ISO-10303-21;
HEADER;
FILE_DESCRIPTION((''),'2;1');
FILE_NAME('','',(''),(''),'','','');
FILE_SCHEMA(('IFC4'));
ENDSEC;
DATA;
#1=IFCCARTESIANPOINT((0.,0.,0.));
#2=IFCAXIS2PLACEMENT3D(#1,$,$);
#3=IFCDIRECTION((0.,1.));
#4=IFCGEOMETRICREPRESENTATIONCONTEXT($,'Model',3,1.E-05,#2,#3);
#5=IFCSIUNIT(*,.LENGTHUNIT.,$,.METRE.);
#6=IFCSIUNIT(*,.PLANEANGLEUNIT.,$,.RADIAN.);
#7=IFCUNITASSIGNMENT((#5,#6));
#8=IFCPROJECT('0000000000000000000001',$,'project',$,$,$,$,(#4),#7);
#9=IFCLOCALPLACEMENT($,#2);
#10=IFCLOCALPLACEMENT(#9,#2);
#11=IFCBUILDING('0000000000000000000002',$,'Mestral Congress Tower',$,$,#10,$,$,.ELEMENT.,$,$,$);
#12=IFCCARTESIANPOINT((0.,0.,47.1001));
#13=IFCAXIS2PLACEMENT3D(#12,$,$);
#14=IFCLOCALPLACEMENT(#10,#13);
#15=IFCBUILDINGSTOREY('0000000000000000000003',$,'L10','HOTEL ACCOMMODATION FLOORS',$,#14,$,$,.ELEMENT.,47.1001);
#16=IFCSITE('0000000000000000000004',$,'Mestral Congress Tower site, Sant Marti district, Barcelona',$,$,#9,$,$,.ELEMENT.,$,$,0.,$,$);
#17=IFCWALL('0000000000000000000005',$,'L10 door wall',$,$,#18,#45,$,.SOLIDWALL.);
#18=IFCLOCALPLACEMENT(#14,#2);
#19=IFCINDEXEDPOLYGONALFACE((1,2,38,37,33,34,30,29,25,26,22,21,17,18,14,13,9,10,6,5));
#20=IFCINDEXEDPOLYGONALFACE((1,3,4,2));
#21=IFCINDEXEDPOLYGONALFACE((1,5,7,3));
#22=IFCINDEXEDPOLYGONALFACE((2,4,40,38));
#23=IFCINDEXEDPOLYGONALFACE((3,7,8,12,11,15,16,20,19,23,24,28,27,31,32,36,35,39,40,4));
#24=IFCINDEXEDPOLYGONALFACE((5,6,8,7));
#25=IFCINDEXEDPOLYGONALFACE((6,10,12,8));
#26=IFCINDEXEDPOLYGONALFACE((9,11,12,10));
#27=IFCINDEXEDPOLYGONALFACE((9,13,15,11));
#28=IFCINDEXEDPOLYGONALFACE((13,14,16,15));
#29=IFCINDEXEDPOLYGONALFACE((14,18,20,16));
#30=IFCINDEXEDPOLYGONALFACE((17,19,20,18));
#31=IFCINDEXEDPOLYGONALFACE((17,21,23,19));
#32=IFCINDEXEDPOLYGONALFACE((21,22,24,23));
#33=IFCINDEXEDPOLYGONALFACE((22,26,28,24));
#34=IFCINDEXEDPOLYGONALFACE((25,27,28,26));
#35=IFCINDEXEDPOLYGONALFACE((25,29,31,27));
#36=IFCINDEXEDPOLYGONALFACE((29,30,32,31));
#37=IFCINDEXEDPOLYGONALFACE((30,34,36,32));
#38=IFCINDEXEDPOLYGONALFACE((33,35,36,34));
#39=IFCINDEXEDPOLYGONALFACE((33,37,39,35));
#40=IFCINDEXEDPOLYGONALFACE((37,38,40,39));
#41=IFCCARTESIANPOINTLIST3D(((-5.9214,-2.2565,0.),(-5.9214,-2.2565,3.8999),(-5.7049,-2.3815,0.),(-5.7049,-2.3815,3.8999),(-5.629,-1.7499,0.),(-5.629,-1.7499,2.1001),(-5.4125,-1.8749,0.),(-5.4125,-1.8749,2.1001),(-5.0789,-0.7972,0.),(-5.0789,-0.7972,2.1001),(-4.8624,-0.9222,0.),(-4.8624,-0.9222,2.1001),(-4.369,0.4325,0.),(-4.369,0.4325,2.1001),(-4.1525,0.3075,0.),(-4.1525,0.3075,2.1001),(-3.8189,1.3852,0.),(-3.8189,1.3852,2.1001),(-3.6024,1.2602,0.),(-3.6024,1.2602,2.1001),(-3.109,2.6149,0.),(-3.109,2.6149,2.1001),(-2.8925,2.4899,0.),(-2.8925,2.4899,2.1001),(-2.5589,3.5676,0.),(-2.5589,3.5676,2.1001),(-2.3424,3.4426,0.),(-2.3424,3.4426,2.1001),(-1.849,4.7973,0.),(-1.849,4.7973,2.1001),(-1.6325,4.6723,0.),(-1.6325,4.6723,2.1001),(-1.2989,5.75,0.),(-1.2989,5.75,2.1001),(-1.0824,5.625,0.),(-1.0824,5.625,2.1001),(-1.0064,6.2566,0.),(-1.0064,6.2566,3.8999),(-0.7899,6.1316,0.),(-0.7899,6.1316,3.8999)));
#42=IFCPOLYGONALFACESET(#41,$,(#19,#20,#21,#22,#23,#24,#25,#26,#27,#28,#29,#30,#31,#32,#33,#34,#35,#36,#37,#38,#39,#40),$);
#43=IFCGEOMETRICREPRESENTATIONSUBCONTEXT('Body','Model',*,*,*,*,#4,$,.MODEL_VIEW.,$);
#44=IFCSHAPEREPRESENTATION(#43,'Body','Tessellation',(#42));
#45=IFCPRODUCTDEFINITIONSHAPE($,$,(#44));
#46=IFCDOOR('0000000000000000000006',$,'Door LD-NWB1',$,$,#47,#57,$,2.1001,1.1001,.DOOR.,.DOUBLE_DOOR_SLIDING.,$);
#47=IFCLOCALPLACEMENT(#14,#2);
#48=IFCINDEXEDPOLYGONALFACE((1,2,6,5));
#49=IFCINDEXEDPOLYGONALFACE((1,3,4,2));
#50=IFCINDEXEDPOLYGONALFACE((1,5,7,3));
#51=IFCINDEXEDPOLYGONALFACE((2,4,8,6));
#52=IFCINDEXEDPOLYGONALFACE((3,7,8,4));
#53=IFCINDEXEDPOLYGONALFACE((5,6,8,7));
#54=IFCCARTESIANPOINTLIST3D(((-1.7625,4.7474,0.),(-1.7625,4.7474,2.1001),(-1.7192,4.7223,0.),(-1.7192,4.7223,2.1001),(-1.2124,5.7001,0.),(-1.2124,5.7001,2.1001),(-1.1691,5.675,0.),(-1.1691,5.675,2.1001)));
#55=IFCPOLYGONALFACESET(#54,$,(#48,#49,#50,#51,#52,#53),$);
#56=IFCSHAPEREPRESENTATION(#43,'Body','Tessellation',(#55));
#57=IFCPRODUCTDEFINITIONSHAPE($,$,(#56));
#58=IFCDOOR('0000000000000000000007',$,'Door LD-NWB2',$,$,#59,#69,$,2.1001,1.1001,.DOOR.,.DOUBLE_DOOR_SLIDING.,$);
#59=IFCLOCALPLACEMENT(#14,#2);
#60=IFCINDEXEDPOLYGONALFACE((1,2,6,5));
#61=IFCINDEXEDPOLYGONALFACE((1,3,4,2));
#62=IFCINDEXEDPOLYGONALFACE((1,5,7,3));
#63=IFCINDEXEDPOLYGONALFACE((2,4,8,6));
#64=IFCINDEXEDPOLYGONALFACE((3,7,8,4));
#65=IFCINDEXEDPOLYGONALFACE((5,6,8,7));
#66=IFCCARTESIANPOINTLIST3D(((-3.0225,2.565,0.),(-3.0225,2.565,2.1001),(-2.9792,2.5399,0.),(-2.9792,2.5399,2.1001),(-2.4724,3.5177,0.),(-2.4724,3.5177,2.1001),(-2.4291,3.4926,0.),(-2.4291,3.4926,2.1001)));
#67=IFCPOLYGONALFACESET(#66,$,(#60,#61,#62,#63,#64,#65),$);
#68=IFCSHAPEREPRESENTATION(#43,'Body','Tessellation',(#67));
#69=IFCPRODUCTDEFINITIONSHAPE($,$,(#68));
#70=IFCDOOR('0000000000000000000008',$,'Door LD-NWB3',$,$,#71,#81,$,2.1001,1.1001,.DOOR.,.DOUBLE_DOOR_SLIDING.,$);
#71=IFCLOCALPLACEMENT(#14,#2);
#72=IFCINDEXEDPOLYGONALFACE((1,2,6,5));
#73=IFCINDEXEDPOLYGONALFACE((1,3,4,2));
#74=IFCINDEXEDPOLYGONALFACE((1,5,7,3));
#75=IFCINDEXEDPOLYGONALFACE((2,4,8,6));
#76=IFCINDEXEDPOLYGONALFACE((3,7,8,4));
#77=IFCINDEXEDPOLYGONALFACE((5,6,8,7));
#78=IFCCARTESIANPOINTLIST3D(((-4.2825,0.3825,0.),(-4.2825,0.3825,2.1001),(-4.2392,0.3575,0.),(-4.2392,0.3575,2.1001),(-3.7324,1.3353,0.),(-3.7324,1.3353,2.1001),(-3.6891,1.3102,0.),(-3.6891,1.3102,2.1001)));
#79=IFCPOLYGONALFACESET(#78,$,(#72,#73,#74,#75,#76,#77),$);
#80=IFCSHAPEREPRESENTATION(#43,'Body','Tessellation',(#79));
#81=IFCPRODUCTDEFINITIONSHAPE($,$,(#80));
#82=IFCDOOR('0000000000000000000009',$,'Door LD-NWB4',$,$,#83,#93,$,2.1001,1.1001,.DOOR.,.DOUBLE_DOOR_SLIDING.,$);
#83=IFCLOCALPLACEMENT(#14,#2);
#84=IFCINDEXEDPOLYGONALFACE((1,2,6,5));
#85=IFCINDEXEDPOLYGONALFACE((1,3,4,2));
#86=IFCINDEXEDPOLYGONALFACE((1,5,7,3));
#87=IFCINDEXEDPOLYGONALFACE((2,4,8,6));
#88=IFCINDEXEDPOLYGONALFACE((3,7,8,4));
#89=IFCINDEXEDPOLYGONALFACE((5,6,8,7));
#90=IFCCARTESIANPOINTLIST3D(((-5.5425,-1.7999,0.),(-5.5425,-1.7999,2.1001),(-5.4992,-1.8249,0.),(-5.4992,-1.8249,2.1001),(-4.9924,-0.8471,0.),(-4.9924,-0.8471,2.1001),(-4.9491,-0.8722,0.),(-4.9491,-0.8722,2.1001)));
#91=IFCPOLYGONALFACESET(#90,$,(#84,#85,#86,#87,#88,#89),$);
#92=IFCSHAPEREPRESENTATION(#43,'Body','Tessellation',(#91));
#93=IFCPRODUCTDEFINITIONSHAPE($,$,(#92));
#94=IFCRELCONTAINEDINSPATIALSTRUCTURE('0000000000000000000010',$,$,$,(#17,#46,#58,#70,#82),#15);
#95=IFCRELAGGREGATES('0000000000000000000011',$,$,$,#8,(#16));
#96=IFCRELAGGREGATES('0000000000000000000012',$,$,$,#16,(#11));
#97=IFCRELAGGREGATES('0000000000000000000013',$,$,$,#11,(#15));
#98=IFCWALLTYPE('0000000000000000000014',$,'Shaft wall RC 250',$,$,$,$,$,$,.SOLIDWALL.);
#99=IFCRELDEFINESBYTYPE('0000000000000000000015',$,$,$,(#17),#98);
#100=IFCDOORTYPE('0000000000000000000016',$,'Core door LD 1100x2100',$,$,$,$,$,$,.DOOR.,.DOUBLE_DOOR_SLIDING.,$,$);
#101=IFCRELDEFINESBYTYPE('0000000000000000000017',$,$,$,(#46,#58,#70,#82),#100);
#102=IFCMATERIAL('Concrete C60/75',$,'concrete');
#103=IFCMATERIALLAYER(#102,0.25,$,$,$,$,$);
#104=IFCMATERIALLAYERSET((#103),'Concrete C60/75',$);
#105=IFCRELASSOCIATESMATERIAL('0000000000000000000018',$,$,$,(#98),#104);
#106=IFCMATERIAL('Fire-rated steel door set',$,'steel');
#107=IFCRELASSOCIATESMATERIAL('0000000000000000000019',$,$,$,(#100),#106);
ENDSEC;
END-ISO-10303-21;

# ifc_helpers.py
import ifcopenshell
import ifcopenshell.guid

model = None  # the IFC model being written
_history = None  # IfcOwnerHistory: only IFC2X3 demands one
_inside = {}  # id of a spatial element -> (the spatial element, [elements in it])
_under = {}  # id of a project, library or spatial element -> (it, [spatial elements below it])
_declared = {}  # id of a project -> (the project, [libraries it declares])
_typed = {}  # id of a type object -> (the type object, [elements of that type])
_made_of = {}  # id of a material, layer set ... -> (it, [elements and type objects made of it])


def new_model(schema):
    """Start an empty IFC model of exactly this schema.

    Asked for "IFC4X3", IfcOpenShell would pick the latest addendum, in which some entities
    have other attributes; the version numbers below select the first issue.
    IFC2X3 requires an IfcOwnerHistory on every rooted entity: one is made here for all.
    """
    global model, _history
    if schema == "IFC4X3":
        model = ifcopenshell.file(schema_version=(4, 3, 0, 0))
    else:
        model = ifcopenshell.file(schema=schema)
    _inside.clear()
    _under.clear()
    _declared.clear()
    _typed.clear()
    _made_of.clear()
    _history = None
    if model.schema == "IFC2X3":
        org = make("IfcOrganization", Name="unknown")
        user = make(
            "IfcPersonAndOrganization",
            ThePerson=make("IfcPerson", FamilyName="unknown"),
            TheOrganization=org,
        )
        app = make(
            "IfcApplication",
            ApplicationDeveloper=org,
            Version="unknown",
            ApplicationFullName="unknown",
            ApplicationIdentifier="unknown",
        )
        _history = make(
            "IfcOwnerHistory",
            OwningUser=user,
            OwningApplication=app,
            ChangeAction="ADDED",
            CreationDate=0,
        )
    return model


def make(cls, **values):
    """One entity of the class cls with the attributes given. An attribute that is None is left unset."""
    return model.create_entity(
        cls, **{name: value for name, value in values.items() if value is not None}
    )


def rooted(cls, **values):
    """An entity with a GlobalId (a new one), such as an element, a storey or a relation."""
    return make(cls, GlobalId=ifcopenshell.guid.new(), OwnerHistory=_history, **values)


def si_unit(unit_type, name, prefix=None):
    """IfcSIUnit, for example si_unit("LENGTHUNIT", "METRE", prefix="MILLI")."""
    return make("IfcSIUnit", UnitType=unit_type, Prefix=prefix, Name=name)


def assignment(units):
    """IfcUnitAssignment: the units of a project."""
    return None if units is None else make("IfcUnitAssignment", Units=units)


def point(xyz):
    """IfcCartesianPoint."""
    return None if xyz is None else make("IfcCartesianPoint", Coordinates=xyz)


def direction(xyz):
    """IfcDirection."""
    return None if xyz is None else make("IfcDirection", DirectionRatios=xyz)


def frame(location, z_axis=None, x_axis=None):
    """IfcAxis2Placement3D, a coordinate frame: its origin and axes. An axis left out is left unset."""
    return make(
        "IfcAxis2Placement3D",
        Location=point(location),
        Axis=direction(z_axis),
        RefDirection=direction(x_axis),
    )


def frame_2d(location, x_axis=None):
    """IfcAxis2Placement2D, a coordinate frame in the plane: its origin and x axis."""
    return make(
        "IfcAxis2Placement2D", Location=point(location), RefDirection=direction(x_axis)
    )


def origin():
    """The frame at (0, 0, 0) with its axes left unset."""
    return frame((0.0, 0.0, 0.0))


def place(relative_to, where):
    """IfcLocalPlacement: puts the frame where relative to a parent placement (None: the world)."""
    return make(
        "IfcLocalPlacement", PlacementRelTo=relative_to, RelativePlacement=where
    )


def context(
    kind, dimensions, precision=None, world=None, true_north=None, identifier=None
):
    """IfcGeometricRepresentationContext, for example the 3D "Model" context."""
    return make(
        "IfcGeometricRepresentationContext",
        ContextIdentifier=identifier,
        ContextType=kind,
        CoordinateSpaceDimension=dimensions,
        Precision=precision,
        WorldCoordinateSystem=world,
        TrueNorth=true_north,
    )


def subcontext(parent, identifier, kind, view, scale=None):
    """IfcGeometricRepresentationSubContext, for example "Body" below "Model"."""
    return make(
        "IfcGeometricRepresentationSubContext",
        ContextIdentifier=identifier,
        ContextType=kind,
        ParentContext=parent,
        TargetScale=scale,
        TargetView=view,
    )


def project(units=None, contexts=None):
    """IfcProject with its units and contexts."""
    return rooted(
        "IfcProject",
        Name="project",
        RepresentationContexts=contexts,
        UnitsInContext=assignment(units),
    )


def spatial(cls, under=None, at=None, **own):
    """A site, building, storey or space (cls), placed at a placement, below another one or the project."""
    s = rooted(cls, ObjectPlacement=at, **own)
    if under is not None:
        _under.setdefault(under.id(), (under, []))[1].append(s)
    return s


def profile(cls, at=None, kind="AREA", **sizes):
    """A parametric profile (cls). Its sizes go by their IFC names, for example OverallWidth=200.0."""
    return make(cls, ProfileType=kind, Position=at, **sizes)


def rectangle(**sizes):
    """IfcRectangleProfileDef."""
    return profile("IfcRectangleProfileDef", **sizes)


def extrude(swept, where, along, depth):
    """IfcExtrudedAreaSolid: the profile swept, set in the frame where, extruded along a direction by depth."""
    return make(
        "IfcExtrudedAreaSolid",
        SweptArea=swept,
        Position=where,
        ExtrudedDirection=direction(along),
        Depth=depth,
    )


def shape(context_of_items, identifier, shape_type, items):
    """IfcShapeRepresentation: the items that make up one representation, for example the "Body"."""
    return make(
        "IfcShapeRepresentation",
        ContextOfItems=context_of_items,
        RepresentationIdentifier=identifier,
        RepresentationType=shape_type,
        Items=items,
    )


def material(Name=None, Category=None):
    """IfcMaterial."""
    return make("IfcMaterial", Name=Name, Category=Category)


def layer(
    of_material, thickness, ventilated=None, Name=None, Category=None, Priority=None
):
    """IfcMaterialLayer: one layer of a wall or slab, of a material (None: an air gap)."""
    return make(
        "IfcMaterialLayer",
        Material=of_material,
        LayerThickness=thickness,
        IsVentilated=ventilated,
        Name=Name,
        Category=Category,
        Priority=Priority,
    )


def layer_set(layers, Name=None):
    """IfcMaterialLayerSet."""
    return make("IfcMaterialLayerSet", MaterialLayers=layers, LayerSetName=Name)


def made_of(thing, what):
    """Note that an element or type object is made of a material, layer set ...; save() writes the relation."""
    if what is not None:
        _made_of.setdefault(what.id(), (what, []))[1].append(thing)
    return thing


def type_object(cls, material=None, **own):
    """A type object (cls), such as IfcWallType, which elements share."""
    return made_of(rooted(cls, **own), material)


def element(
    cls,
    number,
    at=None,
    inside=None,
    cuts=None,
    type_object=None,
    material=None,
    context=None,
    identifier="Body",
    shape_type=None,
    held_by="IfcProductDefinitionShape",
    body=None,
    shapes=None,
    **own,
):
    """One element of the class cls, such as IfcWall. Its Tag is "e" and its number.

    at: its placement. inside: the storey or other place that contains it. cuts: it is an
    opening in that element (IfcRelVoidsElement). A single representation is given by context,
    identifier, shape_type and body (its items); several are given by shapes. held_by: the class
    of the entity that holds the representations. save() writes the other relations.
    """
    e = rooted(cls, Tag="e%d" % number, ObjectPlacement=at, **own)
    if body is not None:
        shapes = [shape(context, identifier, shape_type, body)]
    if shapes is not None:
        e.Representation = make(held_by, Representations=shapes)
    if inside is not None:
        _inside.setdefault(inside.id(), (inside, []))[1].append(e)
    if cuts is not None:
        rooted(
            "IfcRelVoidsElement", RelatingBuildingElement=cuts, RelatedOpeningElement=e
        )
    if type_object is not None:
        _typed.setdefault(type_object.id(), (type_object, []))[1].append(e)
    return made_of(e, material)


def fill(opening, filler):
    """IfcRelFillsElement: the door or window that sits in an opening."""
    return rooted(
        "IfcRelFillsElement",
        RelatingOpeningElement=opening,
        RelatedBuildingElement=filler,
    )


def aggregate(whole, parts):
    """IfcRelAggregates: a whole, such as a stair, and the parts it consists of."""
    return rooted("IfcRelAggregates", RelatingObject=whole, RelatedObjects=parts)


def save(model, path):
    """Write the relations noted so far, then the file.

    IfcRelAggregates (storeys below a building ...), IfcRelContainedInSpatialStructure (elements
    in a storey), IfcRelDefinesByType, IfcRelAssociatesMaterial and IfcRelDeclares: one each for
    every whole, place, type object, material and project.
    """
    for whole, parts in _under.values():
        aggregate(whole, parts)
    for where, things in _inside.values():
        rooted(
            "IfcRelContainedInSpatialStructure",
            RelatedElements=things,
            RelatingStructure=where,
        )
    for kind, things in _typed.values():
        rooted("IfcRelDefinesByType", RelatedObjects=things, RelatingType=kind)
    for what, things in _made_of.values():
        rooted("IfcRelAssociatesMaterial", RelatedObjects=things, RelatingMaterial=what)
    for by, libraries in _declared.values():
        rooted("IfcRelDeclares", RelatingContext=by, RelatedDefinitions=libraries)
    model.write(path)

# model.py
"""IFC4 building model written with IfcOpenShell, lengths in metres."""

from ifc_helpers import new_model, si_unit, direction, frame, frame_2d, origin, place, context, subcontext, project, spatial, rectangle, extrude, material, layer, layer_set, type_object, element, fill, save


model = new_model("IFC4")

# Units and contexts
model_context = context("Model", 3, precision=1e-05, world=origin(), true_north=direction((0.0, 1.0)))
body_context = subcontext(model_context, "Body", "Model", "MODEL_VIEW")
ifc_project = project(units=[si_unit("LENGTHUNIT", "METRE"), si_unit("PLANEANGLEUNIT", "RADIAN")], contexts=[model_context])

# Site, building, storey
site_placement = place(None, origin())
site = spatial("IfcSite", under=ifc_project, at=site_placement, Name="Mestral Congress Tower site, Sant Marti district, Barcelona", CompositionType="ELEMENT", RefElevation=0.0)
building_placement = place(site_placement, origin())
building = spatial("IfcBuilding", under=site, at=building_placement, Name="Mestral Congress Tower", CompositionType="ELEMENT")
storey_placement = place(building_placement, frame((0.0, 0.0, 47.1001)))
storey = spatial("IfcBuildingStorey", under=building, at=storey_placement, Name="L10", Description="HOTEL ACCOMMODATION FLOORS", CompositionType="ELEMENT", Elevation=47.1001)

# Shared definitions
ifc_material_1 = material(Name="Concrete C60/75", Category="concrete")

# Shared definitions
ifc_layer_1 = layer(ifc_material_1, 0.25)
ifc_layer_set_1 = layer_set([ifc_layer_1], Name="Concrete C60/75")
wall_type_1 = type_object("IfcWallType", Name="Shaft wall RC 250", PredefinedType="SOLIDWALL", material=ifc_layer_set_1)

# Wall, openings, doors
wall_1_placement = place(storey_placement, frame((-0.8982, 6.1941, 0.0), z_axis=(0.0, 0.0, 1.0), x_axis=(-0.499996, -0.866028, 0.0)))
wall_1 = element("IfcWall", 1, at=wall_1_placement, inside=storey, type_object=wall_type_1, Name="L10 door wall", PredefinedType="SOLIDWALL", context=body_context, shape_type="SweptSolid", body=[
    extrude(rectangle(XDim=9.8301, YDim=0.25, at=frame_2d((4.915, 0.0))), origin(), (0.0, 0.0, 1.0), 3.8999),
])
opening_1_placement = place(wall_1_placement, frame((0.585, 0.0, 0.0)))
opening_1 = element("IfcOpeningElement", 2, at=opening_1_placement, cuts=wall_1, PredefinedType="OPENING", context=body_context, shape_type="SweptSolid", body=[
    extrude(rectangle(XDim=1.1001, YDim=2.1001, at=frame_2d((0.55, 1.05))), frame((0.0, 0.135, 0.0), z_axis=(0.0, -1.0, 0.0), x_axis=(1.0, 0.0, 0.0)), (0.0, 0.0, 1.0), 0.27),
])
opening_2_placement = place(wall_1_placement, frame((3.105, 0.0, 0.0)))
opening_2 = element("IfcOpeningElement", 3, at=opening_2_placement, cuts=wall_1, PredefinedType="OPENING", context=body_context, shape_type="SweptSolid", body=[
    extrude(rectangle(XDim=1.1001, YDim=2.1001, at=frame_2d((0.55, 1.05))), frame((0.0, 0.135, 0.0), z_axis=(0.0, -1.0, 0.0), x_axis=(1.0, 0.0, 0.0)), (0.0, 0.0, 1.0), 0.27),
])
opening_3_placement = place(wall_1_placement, frame((5.625, 0.0, 0.0)))
opening_3 = element("IfcOpeningElement", 4, at=opening_3_placement, cuts=wall_1, PredefinedType="OPENING", context=body_context, shape_type="SweptSolid", body=[
    extrude(rectangle(XDim=1.1001, YDim=2.1001, at=frame_2d((0.55, 1.05))), frame((0.0, 0.135, 0.0), z_axis=(0.0, -1.0, 0.0), x_axis=(1.0, 0.0, 0.0)), (0.0, 0.0, 1.0), 0.27),
])
opening_4_placement = place(wall_1_placement, frame((8.145, 0.0, 0.0)))
opening_4 = element("IfcOpeningElement", 5, at=opening_4_placement, cuts=wall_1, PredefinedType="OPENING", context=body_context, shape_type="SweptSolid", body=[
    extrude(rectangle(XDim=1.1001, YDim=2.1001, at=frame_2d((0.55, 1.05))), frame((0.0, 0.135, 0.0), z_axis=(0.0, -1.0, 0.0), x_axis=(1.0, 0.0, 0.0)), (0.0, 0.0, 1.0), 0.27),
])
ifc_material_2 = material(Name="Fire-rated steel door set", Category="steel")
door_type = type_object("IfcDoorType", Name="Core door LD 1100x2100", OperationType="DOUBLE_DOOR_SLIDING", PredefinedType="DOOR", material=ifc_material_2)
door_1_placement = place(opening_1_placement, origin())
door_1 = element("IfcDoor", 6, at=door_1_placement, inside=storey, type_object=door_type, Name="Door LD-NWB1", OperationType="DOUBLE_DOOR_SLIDING", OverallHeight=2.1001, OverallWidth=1.1001, PredefinedType="DOOR", context=body_context, shape_type="SweptSolid", body=[
    extrude(rectangle(XDim=1.1001, YDim=2.1001, at=frame_2d((0.55, 1.05))), frame((0.0, 0.0249, 0.0), z_axis=(0.0, -1.0, 0.0), x_axis=(1.0, 0.0, 0.0)), (0.0, 0.0, 1.0), 0.05),
])
fill(opening_1, door_1)
door_2_placement = place(opening_2_placement, origin())
door_2 = element("IfcDoor", 7, at=door_2_placement, inside=storey, type_object=door_type, Name="Door LD-NWB2", OperationType="DOUBLE_DOOR_SLIDING", OverallHeight=2.1001, OverallWidth=1.1001, PredefinedType="DOOR", context=body_context, shape_type="SweptSolid", body=[
    extrude(rectangle(XDim=1.1001, YDim=2.1001, at=frame_2d((0.55, 1.05))), frame((0.0, 0.0249, 0.0), z_axis=(0.0, -1.0, 0.0), x_axis=(1.0, 0.0, 0.0)), (0.0, 0.0, 1.0), 0.05),
])
fill(opening_2, door_2)
door_3_placement = place(opening_3_placement, origin())
door_3 = element("IfcDoor", 8, at=door_3_placement, inside=storey, type_object=door_type, Name="Door LD-NWB3", OperationType="DOUBLE_DOOR_SLIDING", OverallHeight=2.1001, OverallWidth=1.1001, PredefinedType="DOOR", context=body_context, shape_type="SweptSolid", body=[
    extrude(rectangle(XDim=1.1001, YDim=2.1001, at=frame_2d((0.55, 1.05))), frame((0.0, 0.0249, 0.0), z_axis=(0.0, -1.0, 0.0), x_axis=(1.0, 0.0, 0.0)), (0.0, 0.0, 1.0), 0.05),
])
fill(opening_3, door_3)
door_4_placement = place(opening_4_placement, origin())
door_4 = element("IfcDoor", 9, at=door_4_placement, inside=storey, type_object=door_type, Name="Door LD-NWB4", OperationType="DOUBLE_DOOR_SLIDING", OverallHeight=2.1001, OverallWidth=1.1001, PredefinedType="DOOR", context=body_context, shape_type="SweptSolid", body=[
    extrude(rectangle(XDim=1.1001, YDim=2.1001, at=frame_2d((0.55, 1.05))), frame((0.0, 0.0249, 0.0), z_axis=(0.0, -1.0, 0.0), x_axis=(1.0, 0.0, 0.0)), (0.0, 0.0, 1.0), 0.05),
])
fill(opening_4, door_4)

save(model, "model.ifc")
